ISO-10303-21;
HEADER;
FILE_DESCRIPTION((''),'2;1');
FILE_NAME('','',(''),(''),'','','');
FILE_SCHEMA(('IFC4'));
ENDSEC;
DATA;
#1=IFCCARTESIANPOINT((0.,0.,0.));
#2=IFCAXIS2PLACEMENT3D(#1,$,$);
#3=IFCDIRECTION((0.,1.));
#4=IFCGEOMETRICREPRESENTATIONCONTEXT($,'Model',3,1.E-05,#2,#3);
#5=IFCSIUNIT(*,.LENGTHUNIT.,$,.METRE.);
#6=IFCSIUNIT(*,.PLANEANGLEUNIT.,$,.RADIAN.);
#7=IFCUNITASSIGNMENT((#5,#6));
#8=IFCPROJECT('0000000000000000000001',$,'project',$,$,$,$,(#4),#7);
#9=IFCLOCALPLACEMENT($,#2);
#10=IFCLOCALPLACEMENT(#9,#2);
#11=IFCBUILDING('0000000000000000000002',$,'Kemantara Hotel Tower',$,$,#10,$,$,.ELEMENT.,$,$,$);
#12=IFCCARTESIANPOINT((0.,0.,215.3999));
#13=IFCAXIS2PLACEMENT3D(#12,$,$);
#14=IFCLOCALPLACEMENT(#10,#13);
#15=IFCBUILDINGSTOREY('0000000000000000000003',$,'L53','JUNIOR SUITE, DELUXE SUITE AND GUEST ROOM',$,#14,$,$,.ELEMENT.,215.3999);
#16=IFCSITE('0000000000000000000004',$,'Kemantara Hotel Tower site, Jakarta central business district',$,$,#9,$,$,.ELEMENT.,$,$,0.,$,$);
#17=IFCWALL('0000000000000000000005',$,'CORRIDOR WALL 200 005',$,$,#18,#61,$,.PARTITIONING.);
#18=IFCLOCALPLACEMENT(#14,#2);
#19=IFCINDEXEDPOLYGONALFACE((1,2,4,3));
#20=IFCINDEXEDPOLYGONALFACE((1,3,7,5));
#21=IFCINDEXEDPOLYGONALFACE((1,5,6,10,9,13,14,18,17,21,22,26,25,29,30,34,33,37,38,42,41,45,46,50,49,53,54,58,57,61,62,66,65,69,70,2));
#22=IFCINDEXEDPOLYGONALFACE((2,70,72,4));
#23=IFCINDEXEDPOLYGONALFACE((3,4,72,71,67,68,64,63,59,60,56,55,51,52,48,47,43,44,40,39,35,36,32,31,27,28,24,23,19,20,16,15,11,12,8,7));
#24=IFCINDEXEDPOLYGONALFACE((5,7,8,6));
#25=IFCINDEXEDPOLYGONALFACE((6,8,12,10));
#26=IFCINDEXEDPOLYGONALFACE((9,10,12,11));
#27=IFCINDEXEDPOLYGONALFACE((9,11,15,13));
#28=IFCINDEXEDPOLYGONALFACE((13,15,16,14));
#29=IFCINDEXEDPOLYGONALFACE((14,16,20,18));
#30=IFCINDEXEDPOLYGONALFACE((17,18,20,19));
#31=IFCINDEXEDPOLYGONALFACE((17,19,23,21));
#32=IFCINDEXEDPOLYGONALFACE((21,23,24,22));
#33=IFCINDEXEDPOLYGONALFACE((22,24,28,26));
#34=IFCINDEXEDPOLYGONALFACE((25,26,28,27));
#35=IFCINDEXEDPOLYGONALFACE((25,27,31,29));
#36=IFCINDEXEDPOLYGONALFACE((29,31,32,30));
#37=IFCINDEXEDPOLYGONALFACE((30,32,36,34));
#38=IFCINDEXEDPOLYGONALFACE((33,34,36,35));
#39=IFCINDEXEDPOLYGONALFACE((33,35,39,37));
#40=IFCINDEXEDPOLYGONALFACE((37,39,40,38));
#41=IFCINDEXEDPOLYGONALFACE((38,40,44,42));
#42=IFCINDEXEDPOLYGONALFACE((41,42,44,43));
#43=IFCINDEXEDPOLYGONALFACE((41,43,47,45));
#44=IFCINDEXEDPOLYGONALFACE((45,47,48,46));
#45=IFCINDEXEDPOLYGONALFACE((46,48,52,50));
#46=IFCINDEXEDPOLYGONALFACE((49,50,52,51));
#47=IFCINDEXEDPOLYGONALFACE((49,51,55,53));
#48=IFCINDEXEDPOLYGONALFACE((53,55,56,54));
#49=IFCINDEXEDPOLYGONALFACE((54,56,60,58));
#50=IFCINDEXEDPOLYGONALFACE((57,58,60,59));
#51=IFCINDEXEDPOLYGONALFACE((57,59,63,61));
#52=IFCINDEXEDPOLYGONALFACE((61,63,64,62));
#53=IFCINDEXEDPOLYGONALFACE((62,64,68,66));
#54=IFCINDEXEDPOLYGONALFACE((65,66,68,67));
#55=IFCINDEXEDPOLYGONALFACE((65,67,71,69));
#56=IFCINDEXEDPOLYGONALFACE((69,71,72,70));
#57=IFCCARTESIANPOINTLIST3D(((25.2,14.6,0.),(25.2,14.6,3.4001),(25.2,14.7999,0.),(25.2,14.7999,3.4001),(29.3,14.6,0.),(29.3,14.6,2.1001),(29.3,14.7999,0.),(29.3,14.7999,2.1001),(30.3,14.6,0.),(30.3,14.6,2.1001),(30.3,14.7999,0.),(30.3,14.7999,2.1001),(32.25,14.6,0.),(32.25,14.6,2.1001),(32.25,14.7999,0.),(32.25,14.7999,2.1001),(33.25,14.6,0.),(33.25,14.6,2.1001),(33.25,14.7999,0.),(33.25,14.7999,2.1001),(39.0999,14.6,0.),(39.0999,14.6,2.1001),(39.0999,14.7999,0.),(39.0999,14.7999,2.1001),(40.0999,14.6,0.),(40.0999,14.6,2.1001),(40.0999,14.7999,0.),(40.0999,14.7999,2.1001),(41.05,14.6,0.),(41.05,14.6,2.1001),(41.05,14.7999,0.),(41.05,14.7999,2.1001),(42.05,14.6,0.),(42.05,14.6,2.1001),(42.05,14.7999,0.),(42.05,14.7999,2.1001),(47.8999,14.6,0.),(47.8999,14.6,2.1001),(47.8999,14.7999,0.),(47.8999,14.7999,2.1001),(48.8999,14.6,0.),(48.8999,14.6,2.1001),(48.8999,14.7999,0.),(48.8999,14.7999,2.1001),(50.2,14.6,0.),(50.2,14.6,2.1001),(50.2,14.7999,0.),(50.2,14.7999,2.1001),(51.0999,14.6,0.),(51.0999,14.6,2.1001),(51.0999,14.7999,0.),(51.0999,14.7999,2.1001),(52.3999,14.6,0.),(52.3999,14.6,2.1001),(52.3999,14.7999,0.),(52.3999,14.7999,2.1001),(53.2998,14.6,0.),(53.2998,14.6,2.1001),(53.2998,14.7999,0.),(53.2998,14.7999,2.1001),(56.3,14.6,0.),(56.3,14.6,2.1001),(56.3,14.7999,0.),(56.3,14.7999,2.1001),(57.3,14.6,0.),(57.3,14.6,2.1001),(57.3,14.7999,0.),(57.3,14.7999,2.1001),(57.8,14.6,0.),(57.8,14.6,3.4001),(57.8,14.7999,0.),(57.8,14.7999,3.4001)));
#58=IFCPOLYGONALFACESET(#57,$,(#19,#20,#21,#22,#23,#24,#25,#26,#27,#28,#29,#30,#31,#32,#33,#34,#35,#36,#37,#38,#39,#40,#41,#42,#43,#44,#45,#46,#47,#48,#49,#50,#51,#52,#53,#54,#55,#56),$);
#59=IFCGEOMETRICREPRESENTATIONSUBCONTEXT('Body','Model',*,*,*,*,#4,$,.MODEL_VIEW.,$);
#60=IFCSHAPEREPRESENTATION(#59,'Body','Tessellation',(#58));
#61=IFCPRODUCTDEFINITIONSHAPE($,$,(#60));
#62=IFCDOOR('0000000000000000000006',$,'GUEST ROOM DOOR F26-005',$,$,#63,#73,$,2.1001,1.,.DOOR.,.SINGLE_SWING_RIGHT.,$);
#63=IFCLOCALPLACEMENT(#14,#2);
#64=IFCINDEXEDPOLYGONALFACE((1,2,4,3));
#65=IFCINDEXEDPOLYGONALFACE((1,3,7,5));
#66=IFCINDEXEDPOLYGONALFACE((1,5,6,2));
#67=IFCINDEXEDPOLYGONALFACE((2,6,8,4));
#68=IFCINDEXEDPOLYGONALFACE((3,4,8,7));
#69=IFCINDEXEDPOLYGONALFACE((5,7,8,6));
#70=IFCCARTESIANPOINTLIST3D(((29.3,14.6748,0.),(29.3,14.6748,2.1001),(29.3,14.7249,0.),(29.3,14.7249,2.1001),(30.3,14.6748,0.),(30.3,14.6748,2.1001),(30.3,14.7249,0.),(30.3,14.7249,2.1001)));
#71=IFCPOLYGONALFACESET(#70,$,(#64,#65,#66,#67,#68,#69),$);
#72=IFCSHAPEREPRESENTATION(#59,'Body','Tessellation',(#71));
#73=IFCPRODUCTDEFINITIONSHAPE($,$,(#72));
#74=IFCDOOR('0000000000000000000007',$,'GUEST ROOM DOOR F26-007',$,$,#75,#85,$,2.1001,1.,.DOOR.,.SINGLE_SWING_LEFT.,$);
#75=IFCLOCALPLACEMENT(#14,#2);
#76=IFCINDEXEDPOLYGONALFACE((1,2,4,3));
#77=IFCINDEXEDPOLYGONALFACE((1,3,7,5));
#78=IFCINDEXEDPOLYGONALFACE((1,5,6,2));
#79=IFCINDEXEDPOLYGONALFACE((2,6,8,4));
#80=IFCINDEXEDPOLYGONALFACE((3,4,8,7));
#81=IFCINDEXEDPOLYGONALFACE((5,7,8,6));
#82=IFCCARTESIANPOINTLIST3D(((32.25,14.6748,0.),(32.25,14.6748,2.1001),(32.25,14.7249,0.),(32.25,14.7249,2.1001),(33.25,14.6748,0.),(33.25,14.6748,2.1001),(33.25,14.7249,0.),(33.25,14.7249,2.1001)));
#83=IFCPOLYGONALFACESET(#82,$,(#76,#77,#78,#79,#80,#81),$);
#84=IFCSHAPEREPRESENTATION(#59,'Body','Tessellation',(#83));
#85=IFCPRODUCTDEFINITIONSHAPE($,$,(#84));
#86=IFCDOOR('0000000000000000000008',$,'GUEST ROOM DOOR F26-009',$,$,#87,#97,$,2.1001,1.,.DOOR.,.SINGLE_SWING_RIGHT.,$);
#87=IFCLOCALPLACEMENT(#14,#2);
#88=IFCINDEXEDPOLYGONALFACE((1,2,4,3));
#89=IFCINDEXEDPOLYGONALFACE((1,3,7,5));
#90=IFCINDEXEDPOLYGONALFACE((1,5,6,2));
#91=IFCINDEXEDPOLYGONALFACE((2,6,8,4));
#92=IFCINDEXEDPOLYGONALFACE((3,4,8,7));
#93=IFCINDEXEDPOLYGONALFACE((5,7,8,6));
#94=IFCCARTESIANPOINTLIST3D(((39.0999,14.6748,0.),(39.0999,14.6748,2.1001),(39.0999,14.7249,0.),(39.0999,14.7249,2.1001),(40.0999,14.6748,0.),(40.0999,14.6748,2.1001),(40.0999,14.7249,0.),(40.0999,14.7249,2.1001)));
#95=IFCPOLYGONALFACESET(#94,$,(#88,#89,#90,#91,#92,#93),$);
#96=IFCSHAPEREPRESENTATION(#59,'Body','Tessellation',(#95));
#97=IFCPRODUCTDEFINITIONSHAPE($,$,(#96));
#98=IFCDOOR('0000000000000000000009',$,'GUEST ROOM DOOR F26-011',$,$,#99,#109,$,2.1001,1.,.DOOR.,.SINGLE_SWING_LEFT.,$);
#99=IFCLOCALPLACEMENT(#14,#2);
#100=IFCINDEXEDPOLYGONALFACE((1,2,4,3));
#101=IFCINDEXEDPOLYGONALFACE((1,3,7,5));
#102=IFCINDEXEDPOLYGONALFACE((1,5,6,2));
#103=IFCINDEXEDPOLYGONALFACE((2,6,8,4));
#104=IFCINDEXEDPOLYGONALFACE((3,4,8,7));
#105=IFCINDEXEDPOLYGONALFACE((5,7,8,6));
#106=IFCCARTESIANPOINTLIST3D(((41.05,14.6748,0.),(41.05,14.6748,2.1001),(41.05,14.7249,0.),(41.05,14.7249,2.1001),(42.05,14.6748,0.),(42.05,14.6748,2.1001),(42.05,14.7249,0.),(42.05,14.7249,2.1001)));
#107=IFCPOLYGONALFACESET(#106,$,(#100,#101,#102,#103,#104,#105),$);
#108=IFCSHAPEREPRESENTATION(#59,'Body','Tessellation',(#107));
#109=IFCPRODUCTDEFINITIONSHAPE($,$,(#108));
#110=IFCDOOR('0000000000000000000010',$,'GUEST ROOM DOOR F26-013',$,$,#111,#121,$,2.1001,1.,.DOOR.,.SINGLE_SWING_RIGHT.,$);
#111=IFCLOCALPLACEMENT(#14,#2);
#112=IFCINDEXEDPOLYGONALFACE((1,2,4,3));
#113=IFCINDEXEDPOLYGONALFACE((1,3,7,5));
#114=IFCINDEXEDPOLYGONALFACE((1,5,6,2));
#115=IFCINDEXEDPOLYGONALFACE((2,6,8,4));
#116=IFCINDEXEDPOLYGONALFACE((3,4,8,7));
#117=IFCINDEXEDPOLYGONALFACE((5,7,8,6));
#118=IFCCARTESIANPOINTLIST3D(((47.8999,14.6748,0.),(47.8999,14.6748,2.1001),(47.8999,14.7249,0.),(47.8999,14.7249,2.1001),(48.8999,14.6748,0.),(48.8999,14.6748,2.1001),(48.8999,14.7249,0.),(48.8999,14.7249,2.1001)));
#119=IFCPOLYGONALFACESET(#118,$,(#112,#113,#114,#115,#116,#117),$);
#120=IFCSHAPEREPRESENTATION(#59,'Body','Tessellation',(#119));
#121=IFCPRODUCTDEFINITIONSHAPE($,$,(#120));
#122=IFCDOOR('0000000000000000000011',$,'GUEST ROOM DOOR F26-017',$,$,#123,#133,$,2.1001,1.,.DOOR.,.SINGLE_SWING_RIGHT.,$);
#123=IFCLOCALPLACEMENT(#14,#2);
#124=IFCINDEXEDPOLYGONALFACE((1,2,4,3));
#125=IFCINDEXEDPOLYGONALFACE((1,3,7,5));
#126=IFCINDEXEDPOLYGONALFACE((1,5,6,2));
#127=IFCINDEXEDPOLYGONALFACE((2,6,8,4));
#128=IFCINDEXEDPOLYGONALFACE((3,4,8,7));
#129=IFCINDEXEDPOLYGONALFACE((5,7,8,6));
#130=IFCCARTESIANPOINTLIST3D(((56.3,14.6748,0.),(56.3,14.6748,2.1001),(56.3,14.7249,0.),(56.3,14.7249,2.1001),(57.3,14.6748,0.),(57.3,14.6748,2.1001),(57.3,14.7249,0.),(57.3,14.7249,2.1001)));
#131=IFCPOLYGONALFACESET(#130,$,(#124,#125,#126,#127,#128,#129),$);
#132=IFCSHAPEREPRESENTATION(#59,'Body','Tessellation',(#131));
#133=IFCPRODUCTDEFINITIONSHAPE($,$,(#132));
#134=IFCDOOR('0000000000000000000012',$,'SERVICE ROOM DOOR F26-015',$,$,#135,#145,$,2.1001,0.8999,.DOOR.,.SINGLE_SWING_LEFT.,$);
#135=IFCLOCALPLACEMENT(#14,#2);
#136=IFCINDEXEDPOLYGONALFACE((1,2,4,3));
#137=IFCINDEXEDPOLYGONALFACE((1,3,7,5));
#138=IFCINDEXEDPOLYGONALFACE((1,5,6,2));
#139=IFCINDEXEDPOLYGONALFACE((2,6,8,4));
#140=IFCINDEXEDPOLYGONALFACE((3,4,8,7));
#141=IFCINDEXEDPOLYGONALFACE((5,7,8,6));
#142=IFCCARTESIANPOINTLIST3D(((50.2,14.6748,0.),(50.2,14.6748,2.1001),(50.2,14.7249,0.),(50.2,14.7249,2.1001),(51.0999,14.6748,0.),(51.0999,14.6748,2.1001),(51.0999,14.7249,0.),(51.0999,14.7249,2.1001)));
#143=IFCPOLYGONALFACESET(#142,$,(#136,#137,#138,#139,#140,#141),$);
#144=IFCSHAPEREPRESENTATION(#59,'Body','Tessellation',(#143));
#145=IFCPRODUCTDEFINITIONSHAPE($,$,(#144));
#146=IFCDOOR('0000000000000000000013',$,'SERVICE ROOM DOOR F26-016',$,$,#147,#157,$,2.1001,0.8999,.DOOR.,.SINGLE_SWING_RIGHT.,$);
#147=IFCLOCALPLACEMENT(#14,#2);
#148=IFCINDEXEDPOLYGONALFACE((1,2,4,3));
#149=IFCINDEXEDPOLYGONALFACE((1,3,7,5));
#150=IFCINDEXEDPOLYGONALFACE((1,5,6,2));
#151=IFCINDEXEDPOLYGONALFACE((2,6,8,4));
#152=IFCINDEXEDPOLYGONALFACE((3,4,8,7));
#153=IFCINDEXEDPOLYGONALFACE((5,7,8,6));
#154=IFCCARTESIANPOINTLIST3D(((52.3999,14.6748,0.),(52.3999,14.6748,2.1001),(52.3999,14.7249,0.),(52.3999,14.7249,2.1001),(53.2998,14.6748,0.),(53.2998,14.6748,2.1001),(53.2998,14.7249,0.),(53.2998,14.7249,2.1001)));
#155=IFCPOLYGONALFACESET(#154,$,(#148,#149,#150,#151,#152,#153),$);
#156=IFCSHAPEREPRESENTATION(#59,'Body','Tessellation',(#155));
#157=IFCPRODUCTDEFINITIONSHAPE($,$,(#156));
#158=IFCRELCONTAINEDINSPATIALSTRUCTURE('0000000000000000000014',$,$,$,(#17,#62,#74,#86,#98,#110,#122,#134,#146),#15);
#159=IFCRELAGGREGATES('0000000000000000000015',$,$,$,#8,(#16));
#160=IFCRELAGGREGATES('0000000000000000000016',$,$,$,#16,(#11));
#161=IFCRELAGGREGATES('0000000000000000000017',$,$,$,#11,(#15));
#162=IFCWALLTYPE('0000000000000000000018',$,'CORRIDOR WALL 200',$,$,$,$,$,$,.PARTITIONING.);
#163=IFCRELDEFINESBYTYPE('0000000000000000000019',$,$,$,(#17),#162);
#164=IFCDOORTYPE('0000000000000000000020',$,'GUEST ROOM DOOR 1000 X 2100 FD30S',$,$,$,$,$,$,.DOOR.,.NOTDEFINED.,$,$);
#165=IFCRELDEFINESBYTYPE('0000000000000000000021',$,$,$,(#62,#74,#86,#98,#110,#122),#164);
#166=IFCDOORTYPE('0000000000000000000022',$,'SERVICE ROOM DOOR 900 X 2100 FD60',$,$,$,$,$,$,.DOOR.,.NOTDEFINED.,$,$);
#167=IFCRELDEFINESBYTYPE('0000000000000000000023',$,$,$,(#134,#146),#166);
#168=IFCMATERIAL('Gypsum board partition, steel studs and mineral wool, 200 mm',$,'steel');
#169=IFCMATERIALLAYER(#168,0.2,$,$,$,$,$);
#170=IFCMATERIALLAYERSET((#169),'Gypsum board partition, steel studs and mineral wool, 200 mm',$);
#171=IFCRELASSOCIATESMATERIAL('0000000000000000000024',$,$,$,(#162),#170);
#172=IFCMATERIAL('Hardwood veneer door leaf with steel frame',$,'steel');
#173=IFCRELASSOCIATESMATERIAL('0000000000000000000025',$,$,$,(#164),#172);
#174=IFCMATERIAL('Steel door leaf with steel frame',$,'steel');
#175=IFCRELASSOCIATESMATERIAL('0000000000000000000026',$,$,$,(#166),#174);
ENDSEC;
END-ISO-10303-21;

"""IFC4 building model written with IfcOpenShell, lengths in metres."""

from ifc_helpers import new_model, si_unit, direction, frame, frame_2d, origin, place, context, subcontext, project, spatial, rectangle, extrude, material, layer, layer_set, type_object, element, fill, save


model = new_model("IFC4")

# Units and contexts
model_context = context("Model", 3, precision=1e-05, world=origin(), true_north=direction((0.0, 1.0)))
body_context = subcontext(model_context, "Body", "Model", "MODEL_VIEW")
ifc_project = project(units=[si_unit("LENGTHUNIT", "METRE"), si_unit("PLANEANGLEUNIT", "RADIAN")], contexts=[model_context])

# Site, building, storey
site_placement = place(None, origin())
site = spatial("IfcSite", under=ifc_project, at=site_placement, Name="Kemantara Hotel Tower site, Jakarta central business district", CompositionType="ELEMENT", RefElevation=0.0)
building_placement = place(site_placement, origin())
building = spatial("IfcBuilding", under=site, at=building_placement, Name="Kemantara Hotel Tower", CompositionType="ELEMENT")
storey_placement = place(building_placement, frame((0.0, 0.0, 215.3999)))
storey = spatial("IfcBuildingStorey", under=building, at=storey_placement, Name="L53", Description="JUNIOR SUITE, DELUXE SUITE AND GUEST ROOM", CompositionType="ELEMENT", Elevation=215.3999)

# Wall, openings, doors
ifc_material_1 = material(Name="Gypsum board partition, steel studs and mineral wool, 200 mm", Category="steel")
ifc_layer_1 = layer(ifc_material_1, 0.2)
ifc_layer_set_1 = layer_set([ifc_layer_1], Name="Gypsum board partition, steel studs and mineral wool, 200 mm")
wall_type_1 = type_object("IfcWallType", Name="CORRIDOR WALL 200", PredefinedType="PARTITIONING", material=ifc_layer_set_1)
wall_1_placement = place(storey_placement, frame((25.2, 14.7, 0.0), z_axis=(0.0, 0.0, 1.0), x_axis=(1.0, 0.0, 0.0)))
wall_1 = element("IfcWall", 1, at=wall_1_placement, inside=storey, type_object=wall_type_1, Name="CORRIDOR WALL 200 005", PredefinedType="PARTITIONING", context=body_context, shape_type="SweptSolid", body=[
    extrude(rectangle(XDim=32.6001, YDim=0.2, at=frame_2d((16.3, 0.0))), origin(), (0.0, 0.0, 1.0), 3.4001),
])
opening_1_placement = place(wall_1_placement, frame((4.1001, 0.0, 0.0)))
opening_1 = element("IfcOpeningElement", 2, at=opening_1_placement, cuts=wall_1, PredefinedType="OPENING", context=body_context, shape_type="SweptSolid", body=[
    extrude(rectangle(XDim=1.0, YDim=2.1001, at=frame_2d((0.5, 1.05))), frame((0.0, 0.1099, 0.0), z_axis=(0.0, -1.0, 0.0), x_axis=(1.0, 0.0, 0.0)), (0.0, 0.0, 1.0), 0.22),
])
opening_2_placement = place(wall_1_placement, frame((7.05, 0.0, 0.0)))
opening_2 = element("IfcOpeningElement", 3, at=opening_2_placement, cuts=wall_1, PredefinedType="OPENING", context=body_context, shape_type="SweptSolid", body=[
    extrude(rectangle(XDim=1.0, YDim=2.1001, at=frame_2d((0.5, 1.05))), frame((0.0, 0.1099, 0.0), z_axis=(0.0, -1.0, 0.0), x_axis=(1.0, 0.0, 0.0)), (0.0, 0.0, 1.0), 0.22),
])
opening_3_placement = place(wall_1_placement, frame((13.8999, 0.0, 0.0)))
opening_3 = element("IfcOpeningElement", 4, at=opening_3_placement, cuts=wall_1, PredefinedType="OPENING", context=body_context, shape_type="SweptSolid", body=[
    extrude(rectangle(XDim=1.0, YDim=2.1001, at=frame_2d((0.5, 1.05))), frame((0.0, 0.1099, 0.0), z_axis=(0.0, -1.0, 0.0), x_axis=(1.0, 0.0, 0.0)), (0.0, 0.0, 1.0), 0.22),
])
opening_4_placement = place(wall_1_placement, frame((15.8501, 0.0, 0.0)))
opening_4 = element("IfcOpeningElement", 5, at=opening_4_placement, cuts=wall_1, PredefinedType="OPENING", context=body_context, shape_type="SweptSolid", body=[
    extrude(rectangle(XDim=1.0, YDim=2.1001, at=frame_2d((0.5, 1.05))), frame((0.0, 0.1099, 0.0), z_axis=(0.0, -1.0, 0.0), x_axis=(1.0, 0.0, 0.0)), (0.0, 0.0, 1.0), 0.22),
])
opening_5_placement = place(wall_1_placement, frame((22.7, 0.0, 0.0)))
opening_5 = element("IfcOpeningElement", 6, at=opening_5_placement, cuts=wall_1, PredefinedType="OPENING", context=body_context, shape_type="SweptSolid", body=[
    extrude(rectangle(XDim=1.0, YDim=2.1001, at=frame_2d((0.5, 1.05))), frame((0.0, 0.1099, 0.0), z_axis=(0.0, -1.0, 0.0), x_axis=(1.0, 0.0, 0.0)), (0.0, 0.0, 1.0), 0.22),
])
opening_6_placement = place(wall_1_placement, frame((25.0, 0.0, 0.0)))
opening_6 = element("IfcOpeningElement", 7, at=opening_6_placement, cuts=wall_1, PredefinedType="OPENING", context=body_context, shape_type="SweptSolid", body=[
    extrude(rectangle(XDim=0.8999, YDim=2.1001, at=frame_2d((0.45, 1.05))), frame((0.0, 0.1099, 0.0), z_axis=(0.0, -1.0, 0.0), x_axis=(1.0, 0.0, 0.0)), (0.0, 0.0, 1.0), 0.22),
])
opening_7_placement = place(wall_1_placement, frame((27.2, 0.0, 0.0)))
opening_7 = element("IfcOpeningElement", 8, at=opening_7_placement, cuts=wall_1, PredefinedType="OPENING", context=body_context, shape_type="SweptSolid", body=[
    extrude(rectangle(XDim=0.8999, YDim=2.1001, at=frame_2d((0.45, 1.05))), frame((0.0, 0.1099, 0.0), z_axis=(0.0, -1.0, 0.0), x_axis=(1.0, 0.0, 0.0)), (0.0, 0.0, 1.0), 0.22),
])
opening_8_placement = place(wall_1_placement, frame((31.1001, 0.0, 0.0)))
opening_8 = element("IfcOpeningElement", 9, at=opening_8_placement, cuts=wall_1, PredefinedType="OPENING", context=body_context, shape_type="SweptSolid", body=[
    extrude(rectangle(XDim=1.0, YDim=2.1001, at=frame_2d((0.5, 1.05))), frame((0.0, 0.1099, 0.0), z_axis=(0.0, -1.0, 0.0), x_axis=(1.0, 0.0, 0.0)), (0.0, 0.0, 1.0), 0.22),
])
ifc_material_2 = material(Name="Hardwood veneer door leaf with steel frame", Category="steel")
door_type_1 = type_object("IfcDoorType", Name="GUEST ROOM DOOR 1000 X 2100 FD30S", OperationType="NOTDEFINED", PredefinedType="DOOR", material=ifc_material_2)
door_1_placement = place(opening_1_placement, origin())
door_1 = element("IfcDoor", 10, at=door_1_placement, inside=storey, type_object=door_type_1, Name="GUEST ROOM DOOR F26-005", OperationType="SINGLE_SWING_RIGHT", OverallHeight=2.1001, OverallWidth=1.0, PredefinedType="DOOR", context=body_context, shape_type="SweptSolid", body=[
    extrude(rectangle(XDim=1.0, YDim=2.1001, at=frame_2d((0.5, 1.05))), frame((0.0, 0.0249, 0.0), z_axis=(0.0, -1.0, 0.0), x_axis=(1.0, 0.0, 0.0)), (0.0, 0.0, 1.0), 0.05),
])
fill(opening_1, door_1)
door_2_placement = place(opening_2_placement, origin())
door_2 = element("IfcDoor", 11, at=door_2_placement, inside=storey, type_object=door_type_1, Name="GUEST ROOM DOOR F26-007", OperationType="SINGLE_SWING_LEFT", OverallHeight=2.1001, OverallWidth=1.0, PredefinedType="DOOR", context=body_context, shape_type="SweptSolid", body=[
    extrude(rectangle(XDim=1.0, YDim=2.1001, at=frame_2d((0.5, 1.05))), frame((0.0, 0.0249, 0.0), z_axis=(0.0, -1.0, 0.0), x_axis=(1.0, 0.0, 0.0)), (0.0, 0.0, 1.0), 0.05),
])
fill(opening_2, door_2)
door_3_placement = place(opening_3_placement, origin())
door_3 = element("IfcDoor", 12, at=door_3_placement, inside=storey, type_object=door_type_1, Name="GUEST ROOM DOOR F26-009", OperationType="SINGLE_SWING_RIGHT", OverallHeight=2.1001, OverallWidth=1.0, PredefinedType="DOOR", context=body_context, shape_type="SweptSolid", body=[
    extrude(rectangle(XDim=1.0, YDim=2.1001, at=frame_2d((0.5, 1.05))), frame((0.0, 0.0249, 0.0), z_axis=(0.0, -1.0, 0.0), x_axis=(1.0, 0.0, 0.0)), (0.0, 0.0, 1.0), 0.05),
])
fill(opening_3, door_3)
door_4_placement = place(opening_4_placement, origin())
door_4 = element("IfcDoor", 13, at=door_4_placement, inside=storey, type_object=door_type_1, Name="GUEST ROOM DOOR F26-011", OperationType="SINGLE_SWING_LEFT", OverallHeight=2.1001, OverallWidth=1.0, PredefinedType="DOOR", context=body_context, shape_type="SweptSolid", body=[
    extrude(rectangle(XDim=1.0, YDim=2.1001, at=frame_2d((0.5, 1.05))), frame((0.0, 0.0249, 0.0), z_axis=(0.0, -1.0, 0.0), x_axis=(1.0, 0.0, 0.0)), (0.0, 0.0, 1.0), 0.05),
])
fill(opening_4, door_4)
door_5_placement = place(opening_5_placement, origin())
door_5 = element("IfcDoor", 14, at=door_5_placement, inside=storey, type_object=door_type_1, Name="GUEST ROOM DOOR F26-013", OperationType="SINGLE_SWING_RIGHT", OverallHeight=2.1001, OverallWidth=1.0, PredefinedType="DOOR", context=body_context, shape_type="SweptSolid", body=[
    extrude(rectangle(XDim=1.0, YDim=2.1001, at=frame_2d((0.5, 1.05))), frame((0.0, 0.0249, 0.0), z_axis=(0.0, -1.0, 0.0), x_axis=(1.0, 0.0, 0.0)), (0.0, 0.0, 1.0), 0.05),
])
fill(opening_5, door_5)
door_6_placement = place(opening_8_placement, origin())
door_6 = element("IfcDoor", 15, at=door_6_placement, inside=storey, type_object=door_type_1, Name="GUEST ROOM DOOR F26-017", OperationType="SINGLE_SWING_RIGHT", OverallHeight=2.1001, OverallWidth=1.0, PredefinedType="DOOR", context=body_context, shape_type="SweptSolid", body=[
    extrude(rectangle(XDim=1.0, YDim=2.1001, at=frame_2d((0.5, 1.05))), frame((0.0, 0.0249, 0.0), z_axis=(0.0, -1.0, 0.0), x_axis=(1.0, 0.0, 0.0)), (0.0, 0.0, 1.0), 0.05),
])
fill(opening_8, door_6)
ifc_material_3 = material(Name="Steel door leaf with steel frame", Category="steel")
door_type_2 = type_object("IfcDoorType", Name="SERVICE ROOM DOOR 900 X 2100 FD60", OperationType="NOTDEFINED", PredefinedType="DOOR", material=ifc_material_3)
door_7_placement = place(opening_6_placement, origin())
door_7 = element("IfcDoor", 16, at=door_7_placement, inside=storey, type_object=door_type_2, Name="SERVICE ROOM DOOR F26-015", OperationType="SINGLE_SWING_LEFT", OverallHeight=2.1001, OverallWidth=0.8999, PredefinedType="DOOR", context=body_context, shape_type="SweptSolid", body=[
    extrude(rectangle(XDim=0.8999, YDim=2.1001, at=frame_2d((0.45, 1.05))), frame((0.0, 0.0249, 0.0), z_axis=(0.0, -1.0, 0.0), x_axis=(1.0, 0.0, 0.0)), (0.0, 0.0, 1.0), 0.05),
])
fill(opening_6, door_7)
door_8_placement = place(opening_7_placement, origin())
door_8 = element("IfcDoor", 17, at=door_8_placement, inside=storey, type_object=door_type_2, Name="SERVICE ROOM DOOR F26-016", OperationType="SINGLE_SWING_RIGHT", OverallHeight=2.1001, OverallWidth=0.8999, PredefinedType="DOOR", context=body_context, shape_type="SweptSolid", body=[
    extrude(rectangle(XDim=0.8999, YDim=2.1001, at=frame_2d((0.45, 1.05))), frame((0.0, 0.0249, 0.0), z_axis=(0.0, -1.0, 0.0), x_axis=(1.0, 0.0, 0.0)), (0.0, 0.0, 1.0), 0.05),
])
fill(opening_7, door_8)

save(model, "model.ifc")
